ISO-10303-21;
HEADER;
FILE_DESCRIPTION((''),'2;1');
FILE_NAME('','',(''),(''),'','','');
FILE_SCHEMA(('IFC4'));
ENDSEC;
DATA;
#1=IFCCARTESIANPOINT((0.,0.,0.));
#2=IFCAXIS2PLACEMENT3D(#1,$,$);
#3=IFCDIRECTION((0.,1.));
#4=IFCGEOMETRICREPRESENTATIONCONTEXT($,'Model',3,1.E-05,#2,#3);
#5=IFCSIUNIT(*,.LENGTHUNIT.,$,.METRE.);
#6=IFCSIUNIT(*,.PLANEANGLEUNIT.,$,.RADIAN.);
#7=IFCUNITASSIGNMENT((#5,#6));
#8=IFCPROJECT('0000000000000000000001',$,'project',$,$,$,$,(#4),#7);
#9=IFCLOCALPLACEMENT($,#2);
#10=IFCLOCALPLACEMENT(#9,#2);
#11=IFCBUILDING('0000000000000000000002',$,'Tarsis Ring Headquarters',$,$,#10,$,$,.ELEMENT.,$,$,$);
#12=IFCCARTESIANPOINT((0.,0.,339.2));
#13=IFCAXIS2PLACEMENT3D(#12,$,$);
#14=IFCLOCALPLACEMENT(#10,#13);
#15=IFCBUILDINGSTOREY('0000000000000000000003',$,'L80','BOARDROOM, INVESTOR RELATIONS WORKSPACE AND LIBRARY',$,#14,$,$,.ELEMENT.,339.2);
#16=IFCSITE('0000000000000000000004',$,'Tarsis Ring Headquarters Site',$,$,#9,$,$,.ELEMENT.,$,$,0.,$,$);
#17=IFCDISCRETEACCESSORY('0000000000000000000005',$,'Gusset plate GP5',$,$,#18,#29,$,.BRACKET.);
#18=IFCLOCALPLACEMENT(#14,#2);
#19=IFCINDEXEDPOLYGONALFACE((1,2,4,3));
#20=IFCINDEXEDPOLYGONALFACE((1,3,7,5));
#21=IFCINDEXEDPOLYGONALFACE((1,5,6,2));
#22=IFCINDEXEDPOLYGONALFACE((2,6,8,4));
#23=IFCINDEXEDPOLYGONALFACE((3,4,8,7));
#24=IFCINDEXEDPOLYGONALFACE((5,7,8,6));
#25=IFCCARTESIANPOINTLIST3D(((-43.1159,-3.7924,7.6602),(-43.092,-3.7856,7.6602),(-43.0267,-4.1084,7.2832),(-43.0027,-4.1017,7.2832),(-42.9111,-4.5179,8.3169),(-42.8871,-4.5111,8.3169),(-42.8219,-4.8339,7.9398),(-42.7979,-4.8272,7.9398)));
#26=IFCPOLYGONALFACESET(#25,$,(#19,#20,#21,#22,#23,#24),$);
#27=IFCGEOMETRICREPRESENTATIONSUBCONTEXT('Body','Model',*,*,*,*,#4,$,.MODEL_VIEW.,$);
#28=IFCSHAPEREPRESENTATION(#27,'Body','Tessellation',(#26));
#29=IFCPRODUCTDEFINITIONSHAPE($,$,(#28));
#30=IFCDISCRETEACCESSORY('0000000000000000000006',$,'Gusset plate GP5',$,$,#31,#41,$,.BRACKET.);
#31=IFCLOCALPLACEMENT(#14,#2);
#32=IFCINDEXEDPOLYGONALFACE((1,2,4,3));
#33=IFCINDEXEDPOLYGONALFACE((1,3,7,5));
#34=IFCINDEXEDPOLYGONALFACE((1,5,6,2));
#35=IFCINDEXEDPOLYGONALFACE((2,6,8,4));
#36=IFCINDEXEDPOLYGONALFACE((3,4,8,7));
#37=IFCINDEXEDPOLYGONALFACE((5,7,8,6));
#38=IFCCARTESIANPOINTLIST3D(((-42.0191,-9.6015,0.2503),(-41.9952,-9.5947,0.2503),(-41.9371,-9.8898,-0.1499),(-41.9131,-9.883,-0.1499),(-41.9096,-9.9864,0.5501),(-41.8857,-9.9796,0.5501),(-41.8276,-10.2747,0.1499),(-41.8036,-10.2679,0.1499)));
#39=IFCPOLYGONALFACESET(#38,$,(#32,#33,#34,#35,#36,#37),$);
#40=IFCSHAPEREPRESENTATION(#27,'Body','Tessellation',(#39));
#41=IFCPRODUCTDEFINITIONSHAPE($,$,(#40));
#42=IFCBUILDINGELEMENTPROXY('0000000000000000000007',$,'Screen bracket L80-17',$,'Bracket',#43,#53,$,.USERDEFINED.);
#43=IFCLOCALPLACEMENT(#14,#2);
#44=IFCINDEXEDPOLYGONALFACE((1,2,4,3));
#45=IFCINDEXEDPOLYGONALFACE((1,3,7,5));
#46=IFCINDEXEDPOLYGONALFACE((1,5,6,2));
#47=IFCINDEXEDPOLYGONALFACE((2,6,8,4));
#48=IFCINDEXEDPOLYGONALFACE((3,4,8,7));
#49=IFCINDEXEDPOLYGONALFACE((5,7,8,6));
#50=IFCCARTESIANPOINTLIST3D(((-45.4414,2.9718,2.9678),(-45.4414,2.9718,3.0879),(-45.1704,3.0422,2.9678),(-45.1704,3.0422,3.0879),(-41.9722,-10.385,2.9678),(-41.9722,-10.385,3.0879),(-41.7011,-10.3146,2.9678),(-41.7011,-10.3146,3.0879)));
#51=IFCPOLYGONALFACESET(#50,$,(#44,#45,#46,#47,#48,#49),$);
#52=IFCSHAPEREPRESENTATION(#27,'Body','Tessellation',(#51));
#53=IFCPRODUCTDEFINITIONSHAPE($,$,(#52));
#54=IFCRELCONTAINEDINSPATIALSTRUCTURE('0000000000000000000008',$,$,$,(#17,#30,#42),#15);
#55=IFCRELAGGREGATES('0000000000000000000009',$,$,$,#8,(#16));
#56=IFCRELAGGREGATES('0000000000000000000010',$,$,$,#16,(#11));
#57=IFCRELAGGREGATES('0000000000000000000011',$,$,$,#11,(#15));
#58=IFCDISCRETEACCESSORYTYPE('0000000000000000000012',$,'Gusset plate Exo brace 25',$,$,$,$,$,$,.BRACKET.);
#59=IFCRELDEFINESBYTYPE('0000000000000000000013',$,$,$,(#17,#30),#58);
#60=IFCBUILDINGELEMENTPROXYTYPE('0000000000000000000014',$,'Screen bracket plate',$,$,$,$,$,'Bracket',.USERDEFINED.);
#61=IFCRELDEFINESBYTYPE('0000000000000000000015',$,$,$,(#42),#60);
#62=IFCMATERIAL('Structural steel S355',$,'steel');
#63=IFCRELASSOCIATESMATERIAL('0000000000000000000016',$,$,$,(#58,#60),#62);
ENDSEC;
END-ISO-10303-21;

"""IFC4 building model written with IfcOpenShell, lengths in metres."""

from ifc_helpers import new_model, si_unit, direction, frame, origin, origin_2d, place, context, subcontext, project, spatial, rectangle, extrude, material, material_profile, profile_set, type_object, element, save


model = new_model("IFC4")

# Units and contexts
model_context = context("Model", 3, precision=1e-05, world=origin(), true_north=direction((0.0, 1.0)))
body_context = subcontext(model_context, "Body", "Model", "MODEL_VIEW")
ifc_project = project(units=[si_unit("LENGTHUNIT", "METRE"), si_unit("PLANEANGLEUNIT", "RADIAN")], contexts=[model_context])

# Site, building, storey
site_placement = place(None, origin())
site = spatial("IfcSite", under=ifc_project, at=site_placement, Name="Tarsis Ring Headquarters Site", CompositionType="ELEMENT", RefElevation=0.0)
building_placement = place(site_placement, origin())
building = spatial("IfcBuilding", under=site, at=building_placement, Name="Tarsis Ring Headquarters", CompositionType="ELEMENT")
storey_placement = place(building_placement, frame((0.0, 0.0, 339.2)))
storey = spatial("IfcBuildingStorey", under=building, at=storey_placement, Name="L80", Description="BOARDROOM, INVESTOR RELATIONS WORKSPACE AND LIBRARY", CompositionType="ELEMENT", Elevation=339.2)

# Shared definitions
ifc_material_1 = material(Name="Structural steel S355", Category="steel")

# Discrete accessories
ifc_material_profile_1 = material_profile(ifc_material_1, rectangle(XDim=0.0249, YDim=0.5, at=origin_2d()), Name="PL 25x500")
ifc_profile_set_1 = profile_set([ifc_material_profile_1], Name="Structural steel S355")
discrete_accessory_type = type_object("IfcDiscreteAccessoryType", Name="Gusset plate Exo brace 25", PredefinedType="BRACKET", material=ifc_profile_set_1)
discrete_accessory_1_placement = place(storey_placement, frame((-43.0593, -3.947, 7.4717), z_axis=(0.204861, -0.725681, 0.656825), x_axis=(0.962387, 0.271683, 0.0)))
element("IfcDiscreteAccessory", 1, at=discrete_accessory_1_placement, inside=storey, type_object=discrete_accessory_type, Name="Gusset plate GP5", PredefinedType="BRACKET", context=body_context, shape_type="SweptSolid", body=[
    extrude(rectangle(XDim=0.0249, YDim=0.5, at=origin_2d()), origin(), (0.0, 0.0, 1.0), 0.9998),
])
discrete_accessory_2_placement = place(storey_placement, frame((-41.8704, -10.0789, 0.0), z_axis=(-0.164069, 0.576683, 0.800324), x_axis=(-0.961831, -0.273645, 0.0)))
element("IfcDiscreteAccessory", 2, at=discrete_accessory_2_placement, inside=storey, type_object=discrete_accessory_type, Name="Gusset plate GP5", PredefinedType="BRACKET", context=body_context, shape_type="SweptSolid", body=[
    extrude(rectangle(XDim=0.0249, YDim=0.5, at=origin_2d()), origin(), (0.0, 0.0, 1.0), 0.5),
])

# Building element proxy
building_element_proxy_type = type_object("IfcBuildingElementProxyType", Name="Screen bracket plate", ElementType="Bracket", PredefinedType="USERDEFINED", material=ifc_material_1)
proxy_placement = place(storey_placement, frame((-43.5713, -3.6714, 2.9678), z_axis=(0.0, 0.0, 1.0), x_axis=(0.251394, -0.967885, 0.0)))
element("IfcBuildingElementProxy", 3, at=proxy_placement, inside=storey, type_object=building_element_proxy_type, Name="Screen bracket L80-17", ObjectType="Bracket", PredefinedType="USERDEFINED", context=body_context, shape_type="SweptSolid", body=[
    extrude(rectangle(XDim=13.8, YDim=0.28, at=origin_2d()), origin(), (0.0, 0.0, 1.0), 0.1201),
])

save(model, "model.ifc")
